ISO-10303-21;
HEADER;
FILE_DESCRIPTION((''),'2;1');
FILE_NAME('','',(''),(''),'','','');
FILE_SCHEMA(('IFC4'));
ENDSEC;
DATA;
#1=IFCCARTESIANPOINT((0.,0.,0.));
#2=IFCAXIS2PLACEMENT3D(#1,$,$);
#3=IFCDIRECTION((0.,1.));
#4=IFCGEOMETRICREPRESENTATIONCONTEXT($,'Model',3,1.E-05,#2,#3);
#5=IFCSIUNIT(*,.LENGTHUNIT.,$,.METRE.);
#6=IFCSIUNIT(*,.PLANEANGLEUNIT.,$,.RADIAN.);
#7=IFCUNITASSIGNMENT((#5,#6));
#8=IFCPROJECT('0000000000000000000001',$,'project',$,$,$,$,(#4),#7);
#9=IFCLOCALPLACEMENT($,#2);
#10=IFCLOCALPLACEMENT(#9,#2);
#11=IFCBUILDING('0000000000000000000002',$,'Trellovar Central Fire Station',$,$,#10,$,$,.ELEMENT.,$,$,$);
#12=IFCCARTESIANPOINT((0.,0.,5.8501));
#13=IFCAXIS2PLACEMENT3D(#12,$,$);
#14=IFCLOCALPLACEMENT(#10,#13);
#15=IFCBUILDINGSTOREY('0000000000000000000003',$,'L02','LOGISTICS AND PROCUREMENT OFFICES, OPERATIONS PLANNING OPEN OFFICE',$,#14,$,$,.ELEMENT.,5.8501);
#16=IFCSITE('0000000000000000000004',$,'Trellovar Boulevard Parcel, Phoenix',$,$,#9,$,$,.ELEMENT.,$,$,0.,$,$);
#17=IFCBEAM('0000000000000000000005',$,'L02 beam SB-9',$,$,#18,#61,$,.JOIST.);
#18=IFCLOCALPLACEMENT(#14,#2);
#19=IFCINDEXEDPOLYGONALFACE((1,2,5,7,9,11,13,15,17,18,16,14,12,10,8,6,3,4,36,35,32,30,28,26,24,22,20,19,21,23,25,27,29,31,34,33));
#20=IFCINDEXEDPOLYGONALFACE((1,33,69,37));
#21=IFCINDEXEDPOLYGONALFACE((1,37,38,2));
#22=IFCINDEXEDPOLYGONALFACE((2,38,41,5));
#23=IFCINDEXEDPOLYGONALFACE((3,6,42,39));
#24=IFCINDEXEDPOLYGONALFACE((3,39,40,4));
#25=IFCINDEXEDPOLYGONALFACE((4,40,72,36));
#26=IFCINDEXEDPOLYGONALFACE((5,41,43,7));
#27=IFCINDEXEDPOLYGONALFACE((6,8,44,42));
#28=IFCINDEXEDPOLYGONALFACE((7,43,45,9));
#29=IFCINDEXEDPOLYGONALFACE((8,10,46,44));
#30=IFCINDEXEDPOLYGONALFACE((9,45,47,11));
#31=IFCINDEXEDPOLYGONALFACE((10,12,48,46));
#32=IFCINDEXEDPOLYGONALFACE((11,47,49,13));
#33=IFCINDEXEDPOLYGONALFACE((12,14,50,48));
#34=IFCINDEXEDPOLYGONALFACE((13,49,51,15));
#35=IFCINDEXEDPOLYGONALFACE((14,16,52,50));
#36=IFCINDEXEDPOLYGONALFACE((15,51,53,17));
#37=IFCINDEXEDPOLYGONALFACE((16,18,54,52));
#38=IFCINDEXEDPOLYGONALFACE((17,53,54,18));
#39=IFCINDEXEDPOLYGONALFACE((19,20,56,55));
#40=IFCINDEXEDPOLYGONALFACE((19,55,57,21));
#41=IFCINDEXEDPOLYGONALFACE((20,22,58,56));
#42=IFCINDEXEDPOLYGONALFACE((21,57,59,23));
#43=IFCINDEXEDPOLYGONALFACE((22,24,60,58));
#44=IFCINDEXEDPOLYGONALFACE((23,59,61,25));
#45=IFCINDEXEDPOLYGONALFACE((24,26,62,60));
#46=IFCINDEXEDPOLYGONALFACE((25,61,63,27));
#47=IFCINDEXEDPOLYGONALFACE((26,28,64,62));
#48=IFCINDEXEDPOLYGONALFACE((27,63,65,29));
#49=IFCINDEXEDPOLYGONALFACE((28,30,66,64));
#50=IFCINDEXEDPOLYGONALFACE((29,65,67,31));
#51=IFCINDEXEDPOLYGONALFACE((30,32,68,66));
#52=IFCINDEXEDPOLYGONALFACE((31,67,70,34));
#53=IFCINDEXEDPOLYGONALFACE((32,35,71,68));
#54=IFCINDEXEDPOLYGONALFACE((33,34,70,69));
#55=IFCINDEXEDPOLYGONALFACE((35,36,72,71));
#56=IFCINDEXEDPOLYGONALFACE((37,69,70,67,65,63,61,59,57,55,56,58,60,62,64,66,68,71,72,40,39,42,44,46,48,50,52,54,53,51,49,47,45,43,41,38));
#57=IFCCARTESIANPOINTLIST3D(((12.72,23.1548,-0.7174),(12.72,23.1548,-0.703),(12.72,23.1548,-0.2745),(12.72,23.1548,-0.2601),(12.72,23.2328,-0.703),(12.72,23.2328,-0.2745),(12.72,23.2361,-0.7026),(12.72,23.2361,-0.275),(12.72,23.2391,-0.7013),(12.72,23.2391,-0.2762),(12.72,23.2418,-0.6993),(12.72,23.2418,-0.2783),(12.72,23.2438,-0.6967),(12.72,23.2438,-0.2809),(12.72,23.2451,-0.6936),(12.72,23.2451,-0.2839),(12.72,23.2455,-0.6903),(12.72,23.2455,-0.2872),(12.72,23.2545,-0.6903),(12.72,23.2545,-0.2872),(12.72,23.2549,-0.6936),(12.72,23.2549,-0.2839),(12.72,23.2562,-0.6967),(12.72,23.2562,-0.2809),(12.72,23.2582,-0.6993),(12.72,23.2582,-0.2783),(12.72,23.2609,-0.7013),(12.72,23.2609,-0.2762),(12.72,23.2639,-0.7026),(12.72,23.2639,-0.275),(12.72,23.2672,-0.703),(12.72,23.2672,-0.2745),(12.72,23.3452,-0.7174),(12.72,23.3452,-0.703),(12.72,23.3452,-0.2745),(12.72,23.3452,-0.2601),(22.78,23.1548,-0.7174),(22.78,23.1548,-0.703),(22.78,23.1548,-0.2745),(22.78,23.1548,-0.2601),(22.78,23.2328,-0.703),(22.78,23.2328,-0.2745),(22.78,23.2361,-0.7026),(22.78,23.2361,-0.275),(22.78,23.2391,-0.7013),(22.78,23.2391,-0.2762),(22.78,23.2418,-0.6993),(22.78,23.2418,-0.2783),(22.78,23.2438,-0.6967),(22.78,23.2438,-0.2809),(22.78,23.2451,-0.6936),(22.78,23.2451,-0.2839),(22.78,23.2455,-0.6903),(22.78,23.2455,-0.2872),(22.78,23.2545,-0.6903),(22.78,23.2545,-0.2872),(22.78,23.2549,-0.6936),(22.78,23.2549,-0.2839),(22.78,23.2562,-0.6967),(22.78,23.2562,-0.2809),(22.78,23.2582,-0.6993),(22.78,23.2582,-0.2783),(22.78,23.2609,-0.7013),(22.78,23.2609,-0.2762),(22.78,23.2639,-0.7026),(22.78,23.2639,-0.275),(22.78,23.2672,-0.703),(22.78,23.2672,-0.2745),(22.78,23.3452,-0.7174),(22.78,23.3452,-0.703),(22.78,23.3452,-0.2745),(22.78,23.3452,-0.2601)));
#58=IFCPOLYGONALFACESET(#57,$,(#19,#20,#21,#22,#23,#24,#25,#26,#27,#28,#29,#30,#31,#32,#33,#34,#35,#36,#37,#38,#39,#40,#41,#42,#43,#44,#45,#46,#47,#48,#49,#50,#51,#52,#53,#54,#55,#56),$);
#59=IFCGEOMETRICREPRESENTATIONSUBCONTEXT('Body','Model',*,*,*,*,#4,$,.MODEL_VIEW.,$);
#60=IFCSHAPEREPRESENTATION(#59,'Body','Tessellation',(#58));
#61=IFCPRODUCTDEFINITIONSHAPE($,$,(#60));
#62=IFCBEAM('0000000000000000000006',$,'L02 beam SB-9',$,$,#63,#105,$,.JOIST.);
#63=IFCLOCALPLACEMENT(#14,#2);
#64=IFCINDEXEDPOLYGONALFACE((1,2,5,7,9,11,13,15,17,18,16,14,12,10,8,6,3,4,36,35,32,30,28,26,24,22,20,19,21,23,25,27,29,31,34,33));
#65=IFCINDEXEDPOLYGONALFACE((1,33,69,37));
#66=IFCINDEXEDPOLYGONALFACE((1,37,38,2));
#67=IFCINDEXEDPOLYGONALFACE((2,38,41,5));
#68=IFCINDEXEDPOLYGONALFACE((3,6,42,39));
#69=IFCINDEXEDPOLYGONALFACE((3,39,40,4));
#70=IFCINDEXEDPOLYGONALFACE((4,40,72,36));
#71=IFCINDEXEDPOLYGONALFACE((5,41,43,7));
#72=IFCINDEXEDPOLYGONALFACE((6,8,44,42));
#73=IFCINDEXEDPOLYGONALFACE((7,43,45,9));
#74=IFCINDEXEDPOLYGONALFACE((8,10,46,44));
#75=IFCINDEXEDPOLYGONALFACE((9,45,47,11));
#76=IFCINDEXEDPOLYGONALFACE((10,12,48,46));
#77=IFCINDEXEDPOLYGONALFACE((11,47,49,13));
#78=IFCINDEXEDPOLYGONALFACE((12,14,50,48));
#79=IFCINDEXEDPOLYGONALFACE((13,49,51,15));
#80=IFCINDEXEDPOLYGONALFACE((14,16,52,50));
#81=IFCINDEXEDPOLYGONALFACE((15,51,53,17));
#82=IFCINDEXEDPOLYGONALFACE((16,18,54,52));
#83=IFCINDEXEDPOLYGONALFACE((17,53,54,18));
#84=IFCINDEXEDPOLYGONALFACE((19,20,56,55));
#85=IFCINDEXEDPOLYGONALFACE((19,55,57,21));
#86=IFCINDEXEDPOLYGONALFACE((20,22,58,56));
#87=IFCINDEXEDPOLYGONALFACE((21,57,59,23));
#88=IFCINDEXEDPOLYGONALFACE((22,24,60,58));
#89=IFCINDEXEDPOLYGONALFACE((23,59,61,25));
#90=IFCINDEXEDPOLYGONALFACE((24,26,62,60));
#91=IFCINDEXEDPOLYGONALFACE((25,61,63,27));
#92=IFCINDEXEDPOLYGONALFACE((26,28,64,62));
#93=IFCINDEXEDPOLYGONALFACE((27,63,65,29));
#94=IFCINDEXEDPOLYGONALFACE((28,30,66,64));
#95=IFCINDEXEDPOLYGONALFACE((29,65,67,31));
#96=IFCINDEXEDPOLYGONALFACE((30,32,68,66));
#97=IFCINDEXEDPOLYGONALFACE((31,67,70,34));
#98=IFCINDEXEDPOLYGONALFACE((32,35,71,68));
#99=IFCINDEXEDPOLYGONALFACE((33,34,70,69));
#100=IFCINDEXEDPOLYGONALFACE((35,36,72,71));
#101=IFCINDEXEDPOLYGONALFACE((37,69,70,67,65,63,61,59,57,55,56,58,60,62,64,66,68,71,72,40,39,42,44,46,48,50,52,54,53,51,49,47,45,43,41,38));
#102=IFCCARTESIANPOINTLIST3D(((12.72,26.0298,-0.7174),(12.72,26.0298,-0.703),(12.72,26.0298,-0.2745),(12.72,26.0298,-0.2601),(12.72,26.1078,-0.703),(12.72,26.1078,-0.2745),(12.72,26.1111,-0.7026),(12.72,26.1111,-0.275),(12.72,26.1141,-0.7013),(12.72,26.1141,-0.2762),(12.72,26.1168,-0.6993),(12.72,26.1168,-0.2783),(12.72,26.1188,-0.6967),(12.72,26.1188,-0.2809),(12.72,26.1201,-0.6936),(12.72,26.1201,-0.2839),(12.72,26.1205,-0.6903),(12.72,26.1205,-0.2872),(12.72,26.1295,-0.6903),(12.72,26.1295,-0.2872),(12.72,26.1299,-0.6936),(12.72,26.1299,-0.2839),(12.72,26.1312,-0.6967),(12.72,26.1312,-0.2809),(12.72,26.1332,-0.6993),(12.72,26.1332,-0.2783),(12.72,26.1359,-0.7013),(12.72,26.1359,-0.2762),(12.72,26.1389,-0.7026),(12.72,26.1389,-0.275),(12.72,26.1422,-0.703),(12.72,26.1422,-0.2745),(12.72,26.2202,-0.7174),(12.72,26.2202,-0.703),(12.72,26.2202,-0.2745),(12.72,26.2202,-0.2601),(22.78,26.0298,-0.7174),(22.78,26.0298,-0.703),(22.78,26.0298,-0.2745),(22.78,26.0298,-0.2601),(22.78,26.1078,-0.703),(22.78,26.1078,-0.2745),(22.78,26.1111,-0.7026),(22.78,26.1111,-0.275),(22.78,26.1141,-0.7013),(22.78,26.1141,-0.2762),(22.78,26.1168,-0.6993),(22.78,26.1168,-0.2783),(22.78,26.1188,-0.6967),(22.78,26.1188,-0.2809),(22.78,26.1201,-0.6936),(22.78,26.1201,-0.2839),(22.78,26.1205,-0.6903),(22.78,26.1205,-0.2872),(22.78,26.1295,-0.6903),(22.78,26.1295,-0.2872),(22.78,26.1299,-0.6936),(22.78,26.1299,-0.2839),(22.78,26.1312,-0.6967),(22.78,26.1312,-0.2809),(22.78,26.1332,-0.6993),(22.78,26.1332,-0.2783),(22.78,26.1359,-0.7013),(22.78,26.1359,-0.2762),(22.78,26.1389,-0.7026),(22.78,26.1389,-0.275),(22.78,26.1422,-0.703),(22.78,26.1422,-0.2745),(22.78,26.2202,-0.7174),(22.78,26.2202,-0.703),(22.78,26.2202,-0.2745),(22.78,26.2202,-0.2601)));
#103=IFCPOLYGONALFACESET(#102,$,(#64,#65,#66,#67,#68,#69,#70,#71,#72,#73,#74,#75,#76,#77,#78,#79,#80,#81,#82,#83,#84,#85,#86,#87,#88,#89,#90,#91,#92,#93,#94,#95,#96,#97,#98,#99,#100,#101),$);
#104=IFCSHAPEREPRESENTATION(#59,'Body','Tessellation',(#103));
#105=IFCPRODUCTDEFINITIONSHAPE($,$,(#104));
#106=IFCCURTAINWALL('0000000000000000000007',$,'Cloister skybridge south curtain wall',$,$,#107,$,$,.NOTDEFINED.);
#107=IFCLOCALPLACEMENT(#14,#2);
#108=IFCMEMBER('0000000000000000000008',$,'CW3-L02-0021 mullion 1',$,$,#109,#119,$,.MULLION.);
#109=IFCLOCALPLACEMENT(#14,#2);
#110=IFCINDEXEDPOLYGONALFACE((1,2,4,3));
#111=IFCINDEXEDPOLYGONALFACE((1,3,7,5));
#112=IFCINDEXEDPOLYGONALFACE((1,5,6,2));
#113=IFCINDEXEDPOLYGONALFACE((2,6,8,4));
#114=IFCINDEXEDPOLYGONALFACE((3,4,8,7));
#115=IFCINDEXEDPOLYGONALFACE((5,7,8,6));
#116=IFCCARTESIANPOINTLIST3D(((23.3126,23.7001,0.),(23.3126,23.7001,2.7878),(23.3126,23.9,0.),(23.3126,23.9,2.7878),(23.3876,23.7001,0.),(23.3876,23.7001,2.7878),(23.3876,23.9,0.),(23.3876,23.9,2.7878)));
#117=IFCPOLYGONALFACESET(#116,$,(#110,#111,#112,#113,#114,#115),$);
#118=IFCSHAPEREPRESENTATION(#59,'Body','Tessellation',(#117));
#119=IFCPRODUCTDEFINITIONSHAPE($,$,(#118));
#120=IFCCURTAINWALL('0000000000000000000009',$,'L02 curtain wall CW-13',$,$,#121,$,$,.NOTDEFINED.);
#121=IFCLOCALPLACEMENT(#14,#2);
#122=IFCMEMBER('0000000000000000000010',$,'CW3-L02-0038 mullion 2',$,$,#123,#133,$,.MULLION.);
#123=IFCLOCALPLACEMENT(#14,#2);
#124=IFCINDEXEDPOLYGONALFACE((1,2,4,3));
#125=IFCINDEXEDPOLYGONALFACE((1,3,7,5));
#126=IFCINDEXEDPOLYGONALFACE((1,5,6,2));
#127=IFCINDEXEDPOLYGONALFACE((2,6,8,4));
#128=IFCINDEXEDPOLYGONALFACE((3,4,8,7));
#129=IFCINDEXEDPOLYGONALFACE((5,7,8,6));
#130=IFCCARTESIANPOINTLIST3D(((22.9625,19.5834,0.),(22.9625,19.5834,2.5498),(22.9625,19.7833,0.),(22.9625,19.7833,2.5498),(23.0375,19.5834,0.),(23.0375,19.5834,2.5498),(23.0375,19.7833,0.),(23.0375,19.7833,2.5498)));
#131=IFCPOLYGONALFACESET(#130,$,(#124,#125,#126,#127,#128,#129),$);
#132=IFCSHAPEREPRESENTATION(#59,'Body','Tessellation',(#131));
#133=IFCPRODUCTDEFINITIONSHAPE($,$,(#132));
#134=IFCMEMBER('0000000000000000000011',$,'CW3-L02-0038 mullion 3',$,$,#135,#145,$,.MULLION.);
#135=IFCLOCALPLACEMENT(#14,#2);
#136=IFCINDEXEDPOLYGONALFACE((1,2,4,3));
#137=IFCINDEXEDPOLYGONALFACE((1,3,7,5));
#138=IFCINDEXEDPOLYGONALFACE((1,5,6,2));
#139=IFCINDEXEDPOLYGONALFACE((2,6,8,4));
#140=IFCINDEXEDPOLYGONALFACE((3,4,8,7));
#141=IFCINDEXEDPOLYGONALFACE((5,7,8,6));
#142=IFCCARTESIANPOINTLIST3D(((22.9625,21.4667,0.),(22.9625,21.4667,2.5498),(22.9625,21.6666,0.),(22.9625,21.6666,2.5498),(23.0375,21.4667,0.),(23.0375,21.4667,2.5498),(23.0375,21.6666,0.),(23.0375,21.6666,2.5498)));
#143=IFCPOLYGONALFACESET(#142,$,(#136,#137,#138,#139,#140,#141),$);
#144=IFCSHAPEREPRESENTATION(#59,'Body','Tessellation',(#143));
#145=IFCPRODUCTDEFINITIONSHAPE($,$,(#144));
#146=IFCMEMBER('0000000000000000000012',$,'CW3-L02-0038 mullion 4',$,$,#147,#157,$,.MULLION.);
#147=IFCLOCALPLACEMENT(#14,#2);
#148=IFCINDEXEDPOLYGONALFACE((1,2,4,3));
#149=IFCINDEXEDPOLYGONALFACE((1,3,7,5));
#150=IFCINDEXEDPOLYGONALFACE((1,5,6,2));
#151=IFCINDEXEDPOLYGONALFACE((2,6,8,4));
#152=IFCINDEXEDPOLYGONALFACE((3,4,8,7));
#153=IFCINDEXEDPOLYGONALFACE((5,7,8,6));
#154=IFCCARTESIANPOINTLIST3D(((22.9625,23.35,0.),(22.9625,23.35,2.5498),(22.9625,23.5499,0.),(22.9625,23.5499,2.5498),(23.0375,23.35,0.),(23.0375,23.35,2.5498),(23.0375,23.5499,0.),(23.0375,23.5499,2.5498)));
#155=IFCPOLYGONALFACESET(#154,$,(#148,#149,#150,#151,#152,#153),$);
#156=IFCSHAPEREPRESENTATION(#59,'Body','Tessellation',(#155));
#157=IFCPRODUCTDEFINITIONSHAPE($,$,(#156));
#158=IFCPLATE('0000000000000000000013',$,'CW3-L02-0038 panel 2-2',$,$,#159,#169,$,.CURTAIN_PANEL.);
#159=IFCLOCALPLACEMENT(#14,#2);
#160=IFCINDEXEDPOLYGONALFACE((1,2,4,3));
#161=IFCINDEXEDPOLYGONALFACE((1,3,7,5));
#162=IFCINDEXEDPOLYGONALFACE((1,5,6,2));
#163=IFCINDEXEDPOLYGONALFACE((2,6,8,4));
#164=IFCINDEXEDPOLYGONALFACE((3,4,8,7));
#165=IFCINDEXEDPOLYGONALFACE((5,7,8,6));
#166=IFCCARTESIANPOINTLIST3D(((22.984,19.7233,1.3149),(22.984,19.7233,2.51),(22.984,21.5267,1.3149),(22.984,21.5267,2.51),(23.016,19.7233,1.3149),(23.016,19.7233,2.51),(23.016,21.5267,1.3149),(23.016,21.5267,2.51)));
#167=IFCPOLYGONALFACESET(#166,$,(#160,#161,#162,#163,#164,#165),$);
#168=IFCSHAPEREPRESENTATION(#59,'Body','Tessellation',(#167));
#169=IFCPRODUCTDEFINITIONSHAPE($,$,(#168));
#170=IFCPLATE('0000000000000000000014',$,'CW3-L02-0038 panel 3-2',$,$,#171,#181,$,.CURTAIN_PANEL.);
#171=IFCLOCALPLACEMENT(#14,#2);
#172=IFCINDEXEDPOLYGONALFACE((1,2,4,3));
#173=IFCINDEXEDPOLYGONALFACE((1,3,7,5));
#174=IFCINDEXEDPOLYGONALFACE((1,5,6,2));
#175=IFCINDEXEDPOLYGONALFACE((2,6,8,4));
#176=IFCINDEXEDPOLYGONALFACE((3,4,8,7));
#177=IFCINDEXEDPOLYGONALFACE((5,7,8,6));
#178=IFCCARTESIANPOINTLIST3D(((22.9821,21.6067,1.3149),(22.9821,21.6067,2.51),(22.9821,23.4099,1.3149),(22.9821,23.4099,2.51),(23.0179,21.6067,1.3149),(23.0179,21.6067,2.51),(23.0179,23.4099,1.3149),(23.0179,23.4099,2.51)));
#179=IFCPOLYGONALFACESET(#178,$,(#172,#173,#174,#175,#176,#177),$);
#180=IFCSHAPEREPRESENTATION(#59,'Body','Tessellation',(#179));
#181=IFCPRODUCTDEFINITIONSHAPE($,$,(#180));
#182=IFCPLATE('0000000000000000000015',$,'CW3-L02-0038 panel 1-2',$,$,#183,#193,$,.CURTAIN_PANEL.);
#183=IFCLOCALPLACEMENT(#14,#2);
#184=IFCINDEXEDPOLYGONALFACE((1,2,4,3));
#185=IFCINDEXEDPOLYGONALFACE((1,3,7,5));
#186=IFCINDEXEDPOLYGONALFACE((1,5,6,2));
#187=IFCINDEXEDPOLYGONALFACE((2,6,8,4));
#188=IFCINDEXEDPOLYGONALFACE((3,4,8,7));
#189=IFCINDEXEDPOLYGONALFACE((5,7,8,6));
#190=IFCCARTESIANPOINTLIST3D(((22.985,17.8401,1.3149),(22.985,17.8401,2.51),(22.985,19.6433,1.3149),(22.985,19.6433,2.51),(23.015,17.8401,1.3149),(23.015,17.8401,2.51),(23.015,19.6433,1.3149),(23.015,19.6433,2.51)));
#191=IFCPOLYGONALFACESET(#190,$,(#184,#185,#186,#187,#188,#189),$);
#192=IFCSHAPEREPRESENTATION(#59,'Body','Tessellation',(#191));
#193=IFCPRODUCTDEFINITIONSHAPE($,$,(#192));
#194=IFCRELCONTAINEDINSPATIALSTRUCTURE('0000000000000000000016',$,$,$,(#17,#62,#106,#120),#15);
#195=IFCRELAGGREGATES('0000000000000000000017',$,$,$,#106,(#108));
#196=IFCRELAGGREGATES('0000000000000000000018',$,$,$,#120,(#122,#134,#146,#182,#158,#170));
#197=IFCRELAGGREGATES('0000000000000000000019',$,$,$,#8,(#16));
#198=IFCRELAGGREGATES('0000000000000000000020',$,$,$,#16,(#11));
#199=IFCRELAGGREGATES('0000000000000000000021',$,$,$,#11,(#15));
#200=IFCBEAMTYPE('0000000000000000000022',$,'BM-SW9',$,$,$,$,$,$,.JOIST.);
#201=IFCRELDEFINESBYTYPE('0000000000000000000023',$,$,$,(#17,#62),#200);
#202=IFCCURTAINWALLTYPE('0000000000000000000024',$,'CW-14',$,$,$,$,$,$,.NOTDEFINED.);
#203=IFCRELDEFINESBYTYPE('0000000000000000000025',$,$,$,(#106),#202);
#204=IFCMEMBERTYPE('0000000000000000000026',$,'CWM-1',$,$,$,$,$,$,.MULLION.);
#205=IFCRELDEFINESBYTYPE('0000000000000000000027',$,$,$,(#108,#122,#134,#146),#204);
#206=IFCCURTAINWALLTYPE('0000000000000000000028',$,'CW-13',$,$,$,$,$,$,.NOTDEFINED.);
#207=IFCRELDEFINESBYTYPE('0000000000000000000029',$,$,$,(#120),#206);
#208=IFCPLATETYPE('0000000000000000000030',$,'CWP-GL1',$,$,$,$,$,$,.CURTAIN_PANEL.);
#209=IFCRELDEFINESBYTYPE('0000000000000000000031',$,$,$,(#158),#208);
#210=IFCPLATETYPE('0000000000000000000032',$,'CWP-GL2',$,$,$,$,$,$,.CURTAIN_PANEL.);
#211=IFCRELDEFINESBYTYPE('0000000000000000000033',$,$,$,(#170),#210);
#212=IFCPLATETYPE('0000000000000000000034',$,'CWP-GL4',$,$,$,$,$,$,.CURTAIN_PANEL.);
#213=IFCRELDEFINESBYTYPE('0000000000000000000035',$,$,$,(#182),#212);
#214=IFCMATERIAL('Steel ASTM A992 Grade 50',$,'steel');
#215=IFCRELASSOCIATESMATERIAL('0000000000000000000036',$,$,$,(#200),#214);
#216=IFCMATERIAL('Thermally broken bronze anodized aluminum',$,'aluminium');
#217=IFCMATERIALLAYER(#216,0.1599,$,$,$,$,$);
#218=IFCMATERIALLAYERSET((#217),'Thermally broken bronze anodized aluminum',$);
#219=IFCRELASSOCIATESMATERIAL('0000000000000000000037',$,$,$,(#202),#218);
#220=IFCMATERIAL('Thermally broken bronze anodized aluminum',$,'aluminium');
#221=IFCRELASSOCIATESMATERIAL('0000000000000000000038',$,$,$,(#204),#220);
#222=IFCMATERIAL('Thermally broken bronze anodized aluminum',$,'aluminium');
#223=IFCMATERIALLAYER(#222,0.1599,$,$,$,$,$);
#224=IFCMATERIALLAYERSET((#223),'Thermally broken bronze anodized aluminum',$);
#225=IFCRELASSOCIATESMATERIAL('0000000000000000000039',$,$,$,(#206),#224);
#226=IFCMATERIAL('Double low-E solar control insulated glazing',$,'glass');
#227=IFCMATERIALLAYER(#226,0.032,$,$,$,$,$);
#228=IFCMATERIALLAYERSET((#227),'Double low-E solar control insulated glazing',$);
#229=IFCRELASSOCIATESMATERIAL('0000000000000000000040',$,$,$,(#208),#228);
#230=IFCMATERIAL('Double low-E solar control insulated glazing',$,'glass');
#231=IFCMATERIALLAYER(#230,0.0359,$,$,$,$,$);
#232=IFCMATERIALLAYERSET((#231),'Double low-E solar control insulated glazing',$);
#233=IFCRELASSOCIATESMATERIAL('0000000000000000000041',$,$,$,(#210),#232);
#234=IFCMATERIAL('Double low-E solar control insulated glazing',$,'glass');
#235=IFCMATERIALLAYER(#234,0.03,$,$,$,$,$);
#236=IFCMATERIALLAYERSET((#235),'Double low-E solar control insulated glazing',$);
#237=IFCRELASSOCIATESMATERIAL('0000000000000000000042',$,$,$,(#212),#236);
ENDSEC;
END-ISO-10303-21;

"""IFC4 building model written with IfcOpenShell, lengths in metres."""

from ifc_helpers import new_model, si_unit, direction, frame, origin, origin_2d, place, context, subcontext, project, spatial, rectangle, i_section, extrude, material, layer, layer_set, material_profile, profile_set, type_object, element, aggregate, save


model = new_model("IFC4")

# Units and contexts
model_context = context("Model", 3, precision=1e-05, world=origin(), true_north=direction((0.0, 1.0)))
body_context = subcontext(model_context, "Body", "Model", "MODEL_VIEW")
ifc_project = project(units=[si_unit("LENGTHUNIT", "METRE"), si_unit("PLANEANGLEUNIT", "RADIAN")], contexts=[model_context])

# Site, building, storey
site_placement = place(None, origin())
site = spatial("IfcSite", under=ifc_project, at=site_placement, Name="Trellovar Boulevard Parcel, Phoenix", CompositionType="ELEMENT", RefElevation=0.0)
building_placement = place(site_placement, origin())
building = spatial("IfcBuilding", under=site, at=building_placement, Name="Trellovar Central Fire Station", CompositionType="ELEMENT")
storey_placement = place(building_placement, frame((0.0, 0.0, 5.8501)))
storey = spatial("IfcBuildingStorey", under=building, at=storey_placement, Name="L02", Description="LOGISTICS AND PROCUREMENT OFFICES, OPERATIONS PLANNING OPEN OFFICE", CompositionType="ELEMENT", Elevation=5.8501)

# Beams
ifc_material_1 = material(Name="Steel ASTM A992 Grade 50", Category="steel")
ifc_material_profile_1 = material_profile(ifc_material_1, i_section(OverallWidth=0.1904, OverallDepth=0.4573, WebThickness=0.009, FlangeThickness=0.0144, FilletRadius=0.0127, at=origin_2d()), Name="W18X50")
ifc_profile_set_1 = profile_set([ifc_material_profile_1], Name="Steel ASTM A992 Grade 50")
beam_type_1 = type_object("IfcBeamType", Name="BM-SW9", PredefinedType="JOIST", material=ifc_profile_set_1)
for number, where, z_axis, x_axis, name in (
    (1, (12.72, 23.25, -0.4888), (1.0, 0.0, 0.0), (0.0, 1.0, 0.0), "L02 beam SB-9"),
    (2, (12.72, 26.125, -0.4888), (1.0, 0.0, 0.0), (0.0, 1.0, 0.0), "L02 beam SB-9"),
):
    element("IfcBeam", number, at=place(storey_placement, frame(where, z_axis=z_axis, x_axis=x_axis)), inside=storey, type_object=beam_type_1, Name=name, PredefinedType="JOIST", context=body_context, shape_type="SweptSolid", body=[
        extrude(i_section(OverallWidth=0.1904, OverallDepth=0.4573, WebThickness=0.009, FlangeThickness=0.0144, FilletRadius=0.0127, at=origin_2d()), origin(), (0.0, 0.0, 1.0), 10.0601),
    ])

# Curtain wall, member
ifc_material_2 = material(Name="Thermally broken bronze anodized aluminum", Category="aluminium")
ifc_layer_1 = layer(ifc_material_2, 0.1599)
ifc_layer_set_1 = layer_set([ifc_layer_1], Name="Thermally broken bronze anodized aluminum")
curtain_wall_type_1 = type_object("IfcCurtainWallType", Name="CW-14", PredefinedType="NOTDEFINED", material=ifc_layer_set_1)
curtain_wall_1_placement = place(storey_placement, origin())
curtain_wall_1 = element("IfcCurtainWall", 3, at=curtain_wall_1_placement, inside=storey, type_object=curtain_wall_type_1, Name="Cloister skybridge south curtain wall", PredefinedType="NOTDEFINED")
ifc_material_3 = material(Name="Thermally broken bronze anodized aluminum", Category="aluminium")
ifc_material_profile_2 = material_profile(ifc_material_3, rectangle(XDim=0.075, YDim=0.2, at=origin_2d()), Name="ALU75X200")
ifc_profile_set_2 = profile_set([ifc_material_profile_2], Name="Thermally broken bronze anodized aluminum")
member_type = type_object("IfcMemberType", Name="CWM-1", PredefinedType="MULLION", material=ifc_profile_set_2)
member_1_placement = place(storey_placement, frame((23.3501, 23.8, 0.0), z_axis=(0.0, 0.0, 1.0), x_axis=(1.0, 0.0, 0.0)))
member_1 = element("IfcMember", 4, at=member_1_placement, type_object=member_type, Name="CW3-L02-0021 mullion 1", PredefinedType="MULLION", context=body_context, shape_type="SweptSolid", body=[
    extrude(rectangle(XDim=0.075, YDim=0.2, at=origin_2d()), origin(), (0.0, 0.0, 1.0), 2.7878),
])
aggregate(curtain_wall_1, [member_1])

# Curtain wall, members, plates
ifc_material_4 = material(Name="Thermally broken bronze anodized aluminum", Category="aluminium")
ifc_layer_2 = layer(ifc_material_4, 0.1599)
ifc_layer_set_2 = layer_set([ifc_layer_2], Name="Thermally broken bronze anodized aluminum")
curtain_wall_type_2 = type_object("IfcCurtainWallType", Name="CW-13", PredefinedType="NOTDEFINED", material=ifc_layer_set_2)
curtain_wall_2_placement = place(storey_placement, origin())
curtain_wall_2 = element("IfcCurtainWall", 5, at=curtain_wall_2_placement, inside=storey, type_object=curtain_wall_type_2, Name="L02 curtain wall CW-13", PredefinedType="NOTDEFINED")
member_2_placement = place(storey_placement, frame((23.0, 19.6833, 0.0), z_axis=(0.0, 0.0, 1.0), x_axis=(1.0, 0.0, 0.0)))
member_2 = element("IfcMember", 6, at=member_2_placement, type_object=member_type, Name="CW3-L02-0038 mullion 2", PredefinedType="MULLION", context=body_context, shape_type="SweptSolid", body=[
    extrude(rectangle(XDim=0.075, YDim=0.2, at=origin_2d()), origin(), (0.0, 0.0, 1.0), 2.5498),
])
member_3_placement = place(storey_placement, frame((23.0, 21.5667, 0.0), z_axis=(0.0, 0.0, 1.0), x_axis=(1.0, 0.0, 0.0)))
member_3 = element("IfcMember", 7, at=member_3_placement, type_object=member_type, Name="CW3-L02-0038 mullion 3", PredefinedType="MULLION", context=body_context, shape_type="SweptSolid", body=[
    extrude(rectangle(XDim=0.075, YDim=0.2, at=origin_2d()), origin(), (0.0, 0.0, 1.0), 2.5498),
])
member_4_placement = place(storey_placement, frame((23.0, 23.45, 0.0), z_axis=(0.0, 0.0, 1.0), x_axis=(1.0, 0.0, 0.0)))
member_4 = element("IfcMember", 8, at=member_4_placement, type_object=member_type, Name="CW3-L02-0038 mullion 4", PredefinedType="MULLION", context=body_context, shape_type="SweptSolid", body=[
    extrude(rectangle(XDim=0.075, YDim=0.2, at=origin_2d()), origin(), (0.0, 0.0, 1.0), 2.5498),
])
ifc_material_5 = material(Name="Double low-E solar control insulated glazing", Category="glass")
ifc_layer_3 = layer(ifc_material_5, 0.032)
ifc_layer_set_3 = layer_set([ifc_layer_3], Name="Double low-E solar control insulated glazing")
plate_type_1 = type_object("IfcPlateType", Name="CWP-GL1", PredefinedType="CURTAIN_PANEL", material=ifc_layer_set_3)
plate_1_placement = place(storey_placement, frame((23.0, 20.625, 1.3149), z_axis=(0.0, 0.0, 1.0), x_axis=(0.0, 1.0, 0.0)))
plate_1 = element("IfcPlate", 9, at=plate_1_placement, type_object=plate_type_1, Name="CW3-L02-0038 panel 2-2", PredefinedType="CURTAIN_PANEL", context=body_context, shape_type="SweptSolid", body=[
    extrude(rectangle(XDim=1.8035, YDim=0.032, at=origin_2d()), origin(), (0.0, 0.0, 1.0), 1.1951),
])
ifc_material_6 = material(Name="Double low-E solar control insulated glazing", Category="glass")
ifc_layer_4 = layer(ifc_material_6, 0.0359)
ifc_layer_set_4 = layer_set([ifc_layer_4], Name="Double low-E solar control insulated glazing")
plate_type_2 = type_object("IfcPlateType", Name="CWP-GL2", PredefinedType="CURTAIN_PANEL", material=ifc_layer_set_4)
plate_2_placement = place(storey_placement, frame((23.0, 22.5083, 1.3149), z_axis=(0.0, 0.0, 1.0), x_axis=(0.0, 1.0, 0.0)))
plate_2 = element("IfcPlate", 10, at=plate_2_placement, type_object=plate_type_2, Name="CW3-L02-0038 panel 3-2", PredefinedType="CURTAIN_PANEL", context=body_context, shape_type="SweptSolid", body=[
    extrude(rectangle(XDim=1.8032, YDim=0.0359, at=origin_2d()), origin(), (0.0, 0.0, 1.0), 1.1951),
])
ifc_material_7 = material(Name="Double low-E solar control insulated glazing", Category="glass")
ifc_layer_5 = layer(ifc_material_7, 0.03)
ifc_layer_set_5 = layer_set([ifc_layer_5], Name="Double low-E solar control insulated glazing")
plate_type_3 = type_object("IfcPlateType", Name="CWP-GL4", PredefinedType="CURTAIN_PANEL", material=ifc_layer_set_5)
plate_3_placement = place(storey_placement, frame((23.0, 18.7417, 1.3149), z_axis=(0.0, 0.0, 1.0), x_axis=(0.0, 1.0, 0.0)))
plate_3 = element("IfcPlate", 11, at=plate_3_placement, type_object=plate_type_3, Name="CW3-L02-0038 panel 1-2", PredefinedType="CURTAIN_PANEL", context=body_context, shape_type="SweptSolid", body=[
    extrude(rectangle(XDim=1.8032, YDim=0.03, at=origin_2d()), origin(), (0.0, 0.0, 1.0), 1.1951),
])
aggregate(curtain_wall_2, [member_2, member_3, member_4, plate_3, plate_1, plate_2])

save(model, "model.ifc")
